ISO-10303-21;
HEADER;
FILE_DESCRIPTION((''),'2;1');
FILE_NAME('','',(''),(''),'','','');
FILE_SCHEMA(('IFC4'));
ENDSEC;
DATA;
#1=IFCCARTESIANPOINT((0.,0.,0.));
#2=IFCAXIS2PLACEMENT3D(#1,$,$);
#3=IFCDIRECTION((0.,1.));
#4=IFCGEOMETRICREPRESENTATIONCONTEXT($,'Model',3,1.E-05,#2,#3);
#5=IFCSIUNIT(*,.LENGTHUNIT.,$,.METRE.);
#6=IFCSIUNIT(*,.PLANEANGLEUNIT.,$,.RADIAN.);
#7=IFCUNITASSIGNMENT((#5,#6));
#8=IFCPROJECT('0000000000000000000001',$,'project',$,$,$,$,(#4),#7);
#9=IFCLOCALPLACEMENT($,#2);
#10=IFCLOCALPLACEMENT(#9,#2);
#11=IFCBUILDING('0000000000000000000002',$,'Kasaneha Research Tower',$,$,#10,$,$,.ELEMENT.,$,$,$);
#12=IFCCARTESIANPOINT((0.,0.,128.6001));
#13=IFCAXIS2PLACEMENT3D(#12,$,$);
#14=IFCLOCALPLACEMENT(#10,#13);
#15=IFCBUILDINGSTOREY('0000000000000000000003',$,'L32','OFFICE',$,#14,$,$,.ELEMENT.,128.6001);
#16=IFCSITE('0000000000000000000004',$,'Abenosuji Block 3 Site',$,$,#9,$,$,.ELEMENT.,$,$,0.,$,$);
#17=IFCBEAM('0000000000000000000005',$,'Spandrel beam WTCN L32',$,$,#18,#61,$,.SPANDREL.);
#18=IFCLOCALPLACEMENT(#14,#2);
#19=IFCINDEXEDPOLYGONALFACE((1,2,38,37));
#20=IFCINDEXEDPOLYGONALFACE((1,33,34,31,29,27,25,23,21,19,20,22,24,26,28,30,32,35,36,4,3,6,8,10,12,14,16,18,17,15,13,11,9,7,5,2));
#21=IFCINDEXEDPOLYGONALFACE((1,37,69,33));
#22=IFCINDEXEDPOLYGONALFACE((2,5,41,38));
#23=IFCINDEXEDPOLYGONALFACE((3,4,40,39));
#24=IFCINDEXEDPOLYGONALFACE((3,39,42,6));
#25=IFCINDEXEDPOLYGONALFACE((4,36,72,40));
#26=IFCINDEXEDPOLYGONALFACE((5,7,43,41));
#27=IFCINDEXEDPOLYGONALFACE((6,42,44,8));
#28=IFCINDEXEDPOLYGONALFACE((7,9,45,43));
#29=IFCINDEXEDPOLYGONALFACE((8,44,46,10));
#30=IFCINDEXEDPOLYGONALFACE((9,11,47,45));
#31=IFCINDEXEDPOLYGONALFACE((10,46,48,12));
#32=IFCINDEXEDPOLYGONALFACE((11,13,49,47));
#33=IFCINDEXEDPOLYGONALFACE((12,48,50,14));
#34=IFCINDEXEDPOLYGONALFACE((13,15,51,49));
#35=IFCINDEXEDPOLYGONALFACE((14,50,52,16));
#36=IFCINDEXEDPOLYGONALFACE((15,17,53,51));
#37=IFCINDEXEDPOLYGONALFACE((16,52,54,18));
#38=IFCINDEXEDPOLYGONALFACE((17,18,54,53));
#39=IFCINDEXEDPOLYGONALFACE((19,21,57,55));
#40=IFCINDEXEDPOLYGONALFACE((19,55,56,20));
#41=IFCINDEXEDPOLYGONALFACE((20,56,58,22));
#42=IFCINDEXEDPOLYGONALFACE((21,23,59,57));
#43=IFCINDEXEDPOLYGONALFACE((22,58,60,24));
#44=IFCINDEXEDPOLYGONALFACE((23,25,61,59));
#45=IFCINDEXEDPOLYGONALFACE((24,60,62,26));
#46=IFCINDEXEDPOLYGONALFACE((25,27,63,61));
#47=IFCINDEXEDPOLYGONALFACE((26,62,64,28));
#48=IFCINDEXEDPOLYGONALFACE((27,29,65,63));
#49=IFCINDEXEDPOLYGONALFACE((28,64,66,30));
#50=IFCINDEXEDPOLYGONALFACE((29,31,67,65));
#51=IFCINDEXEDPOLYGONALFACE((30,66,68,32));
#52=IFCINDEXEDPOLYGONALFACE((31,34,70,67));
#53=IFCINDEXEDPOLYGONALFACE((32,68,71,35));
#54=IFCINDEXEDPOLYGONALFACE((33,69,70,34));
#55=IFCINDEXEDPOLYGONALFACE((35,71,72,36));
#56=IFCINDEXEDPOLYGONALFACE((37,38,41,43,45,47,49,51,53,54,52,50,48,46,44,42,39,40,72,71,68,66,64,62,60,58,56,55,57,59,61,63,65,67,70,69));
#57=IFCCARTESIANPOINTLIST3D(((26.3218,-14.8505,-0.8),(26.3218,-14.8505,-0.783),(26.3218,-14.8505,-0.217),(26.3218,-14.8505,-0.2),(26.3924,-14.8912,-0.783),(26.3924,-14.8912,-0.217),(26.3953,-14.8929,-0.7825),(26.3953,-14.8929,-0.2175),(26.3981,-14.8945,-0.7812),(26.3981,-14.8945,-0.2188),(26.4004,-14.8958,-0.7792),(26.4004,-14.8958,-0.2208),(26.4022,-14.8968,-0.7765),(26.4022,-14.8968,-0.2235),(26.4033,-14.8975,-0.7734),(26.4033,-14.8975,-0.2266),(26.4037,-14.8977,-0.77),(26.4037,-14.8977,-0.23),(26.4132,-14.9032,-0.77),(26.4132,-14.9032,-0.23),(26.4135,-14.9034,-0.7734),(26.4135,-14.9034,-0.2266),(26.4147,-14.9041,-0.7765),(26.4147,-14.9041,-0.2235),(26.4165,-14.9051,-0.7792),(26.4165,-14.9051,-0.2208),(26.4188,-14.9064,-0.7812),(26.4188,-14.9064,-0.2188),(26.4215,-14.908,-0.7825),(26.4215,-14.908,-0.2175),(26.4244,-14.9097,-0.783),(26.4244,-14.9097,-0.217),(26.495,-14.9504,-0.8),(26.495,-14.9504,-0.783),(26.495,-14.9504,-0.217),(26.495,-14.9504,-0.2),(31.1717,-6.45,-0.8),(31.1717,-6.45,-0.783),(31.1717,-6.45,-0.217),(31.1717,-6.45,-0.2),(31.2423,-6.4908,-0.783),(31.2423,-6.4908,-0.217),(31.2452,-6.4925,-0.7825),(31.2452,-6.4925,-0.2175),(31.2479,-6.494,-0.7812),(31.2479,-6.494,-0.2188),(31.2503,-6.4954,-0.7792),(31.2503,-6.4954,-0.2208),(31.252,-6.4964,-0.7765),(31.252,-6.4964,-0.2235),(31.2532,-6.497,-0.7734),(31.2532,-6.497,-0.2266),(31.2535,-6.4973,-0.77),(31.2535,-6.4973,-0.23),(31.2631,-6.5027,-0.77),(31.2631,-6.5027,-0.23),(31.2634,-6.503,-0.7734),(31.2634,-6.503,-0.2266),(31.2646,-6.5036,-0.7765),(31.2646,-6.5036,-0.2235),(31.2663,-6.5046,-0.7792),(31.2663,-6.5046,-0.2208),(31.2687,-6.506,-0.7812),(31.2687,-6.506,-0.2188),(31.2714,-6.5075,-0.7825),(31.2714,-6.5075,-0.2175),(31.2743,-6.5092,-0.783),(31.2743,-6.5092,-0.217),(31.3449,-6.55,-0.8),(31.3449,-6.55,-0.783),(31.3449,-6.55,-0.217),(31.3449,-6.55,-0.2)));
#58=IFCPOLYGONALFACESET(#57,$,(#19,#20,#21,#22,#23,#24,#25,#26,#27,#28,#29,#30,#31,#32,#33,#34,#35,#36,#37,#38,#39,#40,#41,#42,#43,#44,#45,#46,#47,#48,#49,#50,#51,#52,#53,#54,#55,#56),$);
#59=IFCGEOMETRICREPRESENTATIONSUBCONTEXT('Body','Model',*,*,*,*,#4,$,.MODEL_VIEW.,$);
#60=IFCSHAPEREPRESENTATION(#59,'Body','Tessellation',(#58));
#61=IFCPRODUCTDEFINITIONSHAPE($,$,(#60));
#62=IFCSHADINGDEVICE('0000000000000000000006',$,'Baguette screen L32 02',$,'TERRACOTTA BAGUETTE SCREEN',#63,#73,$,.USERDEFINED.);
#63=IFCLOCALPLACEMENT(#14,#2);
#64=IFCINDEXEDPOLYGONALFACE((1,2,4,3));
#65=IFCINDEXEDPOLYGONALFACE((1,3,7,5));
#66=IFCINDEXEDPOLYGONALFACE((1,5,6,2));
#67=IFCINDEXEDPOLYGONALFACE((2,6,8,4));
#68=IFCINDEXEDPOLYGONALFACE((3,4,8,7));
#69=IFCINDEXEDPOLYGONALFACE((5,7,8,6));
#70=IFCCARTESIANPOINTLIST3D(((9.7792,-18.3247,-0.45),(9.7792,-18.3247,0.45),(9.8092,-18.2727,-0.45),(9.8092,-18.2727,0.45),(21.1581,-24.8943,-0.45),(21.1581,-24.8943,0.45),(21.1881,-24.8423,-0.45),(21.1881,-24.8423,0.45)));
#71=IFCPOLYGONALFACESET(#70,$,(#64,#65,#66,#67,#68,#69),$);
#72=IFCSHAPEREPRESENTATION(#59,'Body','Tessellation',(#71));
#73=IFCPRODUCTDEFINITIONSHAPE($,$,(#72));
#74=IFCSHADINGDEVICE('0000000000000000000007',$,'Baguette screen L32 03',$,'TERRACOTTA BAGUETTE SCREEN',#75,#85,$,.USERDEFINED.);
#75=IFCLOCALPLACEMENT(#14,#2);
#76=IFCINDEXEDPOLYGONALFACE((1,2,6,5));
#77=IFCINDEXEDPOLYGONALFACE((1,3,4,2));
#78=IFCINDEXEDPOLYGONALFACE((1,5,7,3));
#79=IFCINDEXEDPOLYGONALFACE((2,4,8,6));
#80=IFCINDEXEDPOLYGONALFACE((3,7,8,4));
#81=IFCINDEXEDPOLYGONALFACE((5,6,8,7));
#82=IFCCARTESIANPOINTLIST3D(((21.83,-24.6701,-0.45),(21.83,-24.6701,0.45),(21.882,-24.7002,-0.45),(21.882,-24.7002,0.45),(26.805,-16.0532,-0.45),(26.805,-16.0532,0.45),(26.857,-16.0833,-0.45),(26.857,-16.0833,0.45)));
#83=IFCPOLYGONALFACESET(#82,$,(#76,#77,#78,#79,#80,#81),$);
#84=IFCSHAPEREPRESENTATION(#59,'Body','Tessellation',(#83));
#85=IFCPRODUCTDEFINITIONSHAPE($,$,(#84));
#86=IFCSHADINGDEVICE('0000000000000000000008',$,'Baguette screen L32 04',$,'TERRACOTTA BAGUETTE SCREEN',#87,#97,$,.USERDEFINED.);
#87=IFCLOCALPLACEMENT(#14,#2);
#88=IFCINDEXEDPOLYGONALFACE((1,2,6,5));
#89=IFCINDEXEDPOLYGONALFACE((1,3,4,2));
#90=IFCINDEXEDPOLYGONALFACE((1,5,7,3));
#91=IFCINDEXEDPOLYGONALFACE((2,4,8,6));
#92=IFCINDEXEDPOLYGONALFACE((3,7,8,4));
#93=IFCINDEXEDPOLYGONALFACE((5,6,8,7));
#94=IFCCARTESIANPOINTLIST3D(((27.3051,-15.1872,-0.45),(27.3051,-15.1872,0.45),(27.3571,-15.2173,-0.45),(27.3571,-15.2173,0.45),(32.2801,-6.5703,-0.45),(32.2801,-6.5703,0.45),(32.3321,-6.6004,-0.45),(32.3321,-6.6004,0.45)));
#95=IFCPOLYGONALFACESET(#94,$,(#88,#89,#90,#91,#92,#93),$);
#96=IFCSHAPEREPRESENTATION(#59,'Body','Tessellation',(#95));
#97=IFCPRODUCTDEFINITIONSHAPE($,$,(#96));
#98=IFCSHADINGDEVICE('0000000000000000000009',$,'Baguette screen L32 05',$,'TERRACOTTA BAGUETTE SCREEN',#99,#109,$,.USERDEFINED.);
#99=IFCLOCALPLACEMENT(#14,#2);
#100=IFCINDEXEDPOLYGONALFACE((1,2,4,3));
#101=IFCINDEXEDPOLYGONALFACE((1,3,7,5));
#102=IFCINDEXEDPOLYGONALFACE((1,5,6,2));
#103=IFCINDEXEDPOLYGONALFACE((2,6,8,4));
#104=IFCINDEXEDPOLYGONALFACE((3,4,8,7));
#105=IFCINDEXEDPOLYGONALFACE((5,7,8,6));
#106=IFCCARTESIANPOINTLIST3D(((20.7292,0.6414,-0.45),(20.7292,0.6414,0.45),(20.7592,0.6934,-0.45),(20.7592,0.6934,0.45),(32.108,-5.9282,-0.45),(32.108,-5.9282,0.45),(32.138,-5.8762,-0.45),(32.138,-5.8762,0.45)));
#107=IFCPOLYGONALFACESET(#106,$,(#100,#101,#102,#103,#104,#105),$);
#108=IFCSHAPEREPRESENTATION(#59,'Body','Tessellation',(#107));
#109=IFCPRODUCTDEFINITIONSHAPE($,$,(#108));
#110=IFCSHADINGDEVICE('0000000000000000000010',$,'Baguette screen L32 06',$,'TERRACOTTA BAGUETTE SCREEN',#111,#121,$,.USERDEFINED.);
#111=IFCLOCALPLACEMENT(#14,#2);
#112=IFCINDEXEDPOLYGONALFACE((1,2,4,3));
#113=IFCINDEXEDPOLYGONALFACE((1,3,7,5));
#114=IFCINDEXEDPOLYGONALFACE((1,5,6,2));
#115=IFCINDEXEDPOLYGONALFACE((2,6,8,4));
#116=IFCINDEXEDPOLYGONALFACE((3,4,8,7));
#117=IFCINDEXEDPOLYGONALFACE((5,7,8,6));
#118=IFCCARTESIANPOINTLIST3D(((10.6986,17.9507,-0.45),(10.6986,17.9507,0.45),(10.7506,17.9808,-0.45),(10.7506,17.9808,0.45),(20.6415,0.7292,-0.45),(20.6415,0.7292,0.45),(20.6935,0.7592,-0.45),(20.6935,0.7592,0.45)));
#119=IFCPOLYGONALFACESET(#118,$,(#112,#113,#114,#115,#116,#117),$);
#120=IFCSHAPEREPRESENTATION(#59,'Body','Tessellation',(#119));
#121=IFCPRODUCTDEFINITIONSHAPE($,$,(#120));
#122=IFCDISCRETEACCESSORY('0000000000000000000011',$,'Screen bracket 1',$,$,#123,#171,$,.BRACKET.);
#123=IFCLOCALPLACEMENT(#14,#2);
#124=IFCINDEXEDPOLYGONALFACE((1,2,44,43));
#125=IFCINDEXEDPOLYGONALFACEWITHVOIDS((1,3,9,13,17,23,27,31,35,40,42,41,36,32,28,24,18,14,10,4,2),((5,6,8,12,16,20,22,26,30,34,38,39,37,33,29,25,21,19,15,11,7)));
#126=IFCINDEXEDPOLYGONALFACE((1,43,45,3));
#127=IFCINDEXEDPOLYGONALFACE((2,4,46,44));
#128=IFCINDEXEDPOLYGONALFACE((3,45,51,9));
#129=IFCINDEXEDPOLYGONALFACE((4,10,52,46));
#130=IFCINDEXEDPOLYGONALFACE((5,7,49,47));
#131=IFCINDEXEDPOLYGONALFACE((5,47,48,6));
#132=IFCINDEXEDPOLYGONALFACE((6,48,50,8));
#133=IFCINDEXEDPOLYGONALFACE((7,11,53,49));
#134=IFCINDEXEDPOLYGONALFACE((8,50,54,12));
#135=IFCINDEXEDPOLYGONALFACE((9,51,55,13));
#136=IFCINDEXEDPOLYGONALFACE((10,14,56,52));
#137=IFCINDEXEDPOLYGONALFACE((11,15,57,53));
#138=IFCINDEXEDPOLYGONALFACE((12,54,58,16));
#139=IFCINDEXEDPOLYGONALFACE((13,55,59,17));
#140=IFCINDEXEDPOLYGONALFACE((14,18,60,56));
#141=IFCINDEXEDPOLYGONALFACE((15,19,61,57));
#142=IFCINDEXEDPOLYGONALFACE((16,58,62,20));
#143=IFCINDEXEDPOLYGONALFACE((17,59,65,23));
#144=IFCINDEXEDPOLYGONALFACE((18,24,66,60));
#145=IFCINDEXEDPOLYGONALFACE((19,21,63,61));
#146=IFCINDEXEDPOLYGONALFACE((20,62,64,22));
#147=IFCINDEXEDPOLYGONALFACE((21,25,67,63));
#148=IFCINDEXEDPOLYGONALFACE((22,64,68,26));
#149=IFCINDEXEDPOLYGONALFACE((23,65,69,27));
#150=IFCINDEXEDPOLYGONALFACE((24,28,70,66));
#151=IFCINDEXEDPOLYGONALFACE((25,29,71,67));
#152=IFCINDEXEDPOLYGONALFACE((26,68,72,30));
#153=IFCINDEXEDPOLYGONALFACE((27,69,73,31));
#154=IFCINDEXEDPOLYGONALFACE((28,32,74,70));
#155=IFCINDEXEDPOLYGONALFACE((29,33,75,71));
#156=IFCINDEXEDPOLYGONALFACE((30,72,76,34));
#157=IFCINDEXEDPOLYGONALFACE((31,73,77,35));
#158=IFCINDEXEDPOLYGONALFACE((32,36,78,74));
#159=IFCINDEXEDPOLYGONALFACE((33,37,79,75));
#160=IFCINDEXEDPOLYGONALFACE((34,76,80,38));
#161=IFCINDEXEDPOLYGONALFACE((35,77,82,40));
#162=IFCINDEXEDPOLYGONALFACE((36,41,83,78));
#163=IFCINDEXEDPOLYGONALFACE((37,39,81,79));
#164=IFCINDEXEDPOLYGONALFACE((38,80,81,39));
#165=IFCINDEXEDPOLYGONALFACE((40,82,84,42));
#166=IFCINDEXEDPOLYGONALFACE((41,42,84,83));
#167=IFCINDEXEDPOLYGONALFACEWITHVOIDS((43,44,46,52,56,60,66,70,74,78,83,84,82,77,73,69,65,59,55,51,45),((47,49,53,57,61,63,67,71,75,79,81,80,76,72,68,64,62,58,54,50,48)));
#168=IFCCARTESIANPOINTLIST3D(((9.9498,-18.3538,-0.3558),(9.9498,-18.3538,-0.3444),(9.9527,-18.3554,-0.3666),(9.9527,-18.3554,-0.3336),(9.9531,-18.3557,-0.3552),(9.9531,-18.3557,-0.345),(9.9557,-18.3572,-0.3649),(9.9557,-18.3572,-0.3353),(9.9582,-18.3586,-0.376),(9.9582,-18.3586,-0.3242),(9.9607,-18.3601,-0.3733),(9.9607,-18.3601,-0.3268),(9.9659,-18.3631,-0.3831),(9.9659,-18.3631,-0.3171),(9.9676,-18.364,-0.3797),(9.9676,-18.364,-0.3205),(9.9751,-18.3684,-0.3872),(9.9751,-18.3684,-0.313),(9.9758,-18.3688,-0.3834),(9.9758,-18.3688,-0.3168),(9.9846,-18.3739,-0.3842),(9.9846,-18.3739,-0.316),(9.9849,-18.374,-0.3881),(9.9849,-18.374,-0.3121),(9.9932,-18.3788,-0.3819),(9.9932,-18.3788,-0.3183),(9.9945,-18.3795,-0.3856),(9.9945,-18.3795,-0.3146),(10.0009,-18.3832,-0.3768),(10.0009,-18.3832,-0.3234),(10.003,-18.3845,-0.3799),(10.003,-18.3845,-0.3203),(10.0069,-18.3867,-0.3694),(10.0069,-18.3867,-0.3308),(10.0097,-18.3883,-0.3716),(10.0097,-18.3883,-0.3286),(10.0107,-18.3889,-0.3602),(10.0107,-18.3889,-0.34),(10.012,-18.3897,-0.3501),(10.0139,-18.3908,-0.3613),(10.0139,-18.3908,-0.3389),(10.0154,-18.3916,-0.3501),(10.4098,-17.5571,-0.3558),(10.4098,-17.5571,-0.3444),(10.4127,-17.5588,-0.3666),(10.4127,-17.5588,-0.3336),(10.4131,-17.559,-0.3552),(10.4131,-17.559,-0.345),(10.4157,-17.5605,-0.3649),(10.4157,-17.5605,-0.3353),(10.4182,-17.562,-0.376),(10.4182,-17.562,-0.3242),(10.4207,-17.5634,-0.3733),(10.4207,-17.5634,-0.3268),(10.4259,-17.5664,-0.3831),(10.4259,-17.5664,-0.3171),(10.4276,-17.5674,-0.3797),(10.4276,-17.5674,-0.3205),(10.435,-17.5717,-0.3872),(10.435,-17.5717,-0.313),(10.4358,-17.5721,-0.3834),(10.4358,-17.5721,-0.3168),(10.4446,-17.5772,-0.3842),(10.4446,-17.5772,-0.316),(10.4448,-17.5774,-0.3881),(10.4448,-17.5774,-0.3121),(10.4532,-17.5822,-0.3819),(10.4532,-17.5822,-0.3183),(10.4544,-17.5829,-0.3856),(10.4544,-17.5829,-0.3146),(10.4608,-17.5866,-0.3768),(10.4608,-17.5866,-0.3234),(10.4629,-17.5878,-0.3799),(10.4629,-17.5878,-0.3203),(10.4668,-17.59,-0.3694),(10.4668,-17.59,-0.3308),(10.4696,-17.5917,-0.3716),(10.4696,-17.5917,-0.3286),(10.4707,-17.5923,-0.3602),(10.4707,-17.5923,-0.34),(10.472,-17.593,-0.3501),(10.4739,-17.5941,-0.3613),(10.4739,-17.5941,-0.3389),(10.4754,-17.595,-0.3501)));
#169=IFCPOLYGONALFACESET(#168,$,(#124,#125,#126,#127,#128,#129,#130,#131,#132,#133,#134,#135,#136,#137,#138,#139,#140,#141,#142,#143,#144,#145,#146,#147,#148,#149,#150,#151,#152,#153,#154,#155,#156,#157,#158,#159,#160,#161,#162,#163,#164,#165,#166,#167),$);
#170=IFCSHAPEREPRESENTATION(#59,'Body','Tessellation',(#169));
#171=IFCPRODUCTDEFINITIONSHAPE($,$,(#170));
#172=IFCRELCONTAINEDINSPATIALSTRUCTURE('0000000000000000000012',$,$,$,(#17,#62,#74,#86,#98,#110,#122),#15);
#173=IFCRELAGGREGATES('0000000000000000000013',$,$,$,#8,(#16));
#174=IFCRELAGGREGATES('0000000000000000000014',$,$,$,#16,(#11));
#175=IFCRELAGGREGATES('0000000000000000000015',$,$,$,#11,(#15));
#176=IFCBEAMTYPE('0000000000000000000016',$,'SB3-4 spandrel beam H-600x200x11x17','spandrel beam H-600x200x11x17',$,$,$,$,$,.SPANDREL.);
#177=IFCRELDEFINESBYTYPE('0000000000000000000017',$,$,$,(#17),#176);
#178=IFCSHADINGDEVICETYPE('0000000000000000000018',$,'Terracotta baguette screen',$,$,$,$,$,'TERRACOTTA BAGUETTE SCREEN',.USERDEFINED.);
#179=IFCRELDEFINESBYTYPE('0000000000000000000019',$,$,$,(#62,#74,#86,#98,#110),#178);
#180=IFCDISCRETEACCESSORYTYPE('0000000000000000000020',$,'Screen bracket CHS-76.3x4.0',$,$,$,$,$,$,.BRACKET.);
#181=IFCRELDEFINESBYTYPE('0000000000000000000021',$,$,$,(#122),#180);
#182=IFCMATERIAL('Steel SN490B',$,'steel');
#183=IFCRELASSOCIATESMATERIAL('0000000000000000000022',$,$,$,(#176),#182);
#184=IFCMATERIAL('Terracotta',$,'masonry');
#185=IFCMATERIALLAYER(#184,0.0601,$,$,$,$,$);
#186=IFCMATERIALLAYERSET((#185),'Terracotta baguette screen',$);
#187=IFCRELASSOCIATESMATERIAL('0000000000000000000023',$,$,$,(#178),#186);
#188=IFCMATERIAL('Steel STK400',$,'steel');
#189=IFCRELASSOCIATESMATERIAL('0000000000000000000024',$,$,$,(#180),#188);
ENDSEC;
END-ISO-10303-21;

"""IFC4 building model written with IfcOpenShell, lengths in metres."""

from ifc_helpers import new_model, si_unit, direction, frame, origin, origin_2d, place, context, subcontext, project, spatial, rectangle, hollow_circle, i_section, extrude, material, layer, layer_set, material_profile, profile_set, type_object, element, save


model = new_model("IFC4")

# Units and contexts
model_context = context("Model", 3, precision=1e-05, world=origin(), true_north=direction((0.0, 1.0)))
body_context = subcontext(model_context, "Body", "Model", "MODEL_VIEW")
ifc_project = project(units=[si_unit("LENGTHUNIT", "METRE"), si_unit("PLANEANGLEUNIT", "RADIAN")], contexts=[model_context])

# Site, building, storey
site_placement = place(None, origin())
site = spatial("IfcSite", under=ifc_project, at=site_placement, Name="Abenosuji Block 3 Site", CompositionType="ELEMENT", RefElevation=0.0)
building_placement = place(site_placement, origin())
building = spatial("IfcBuilding", under=site, at=building_placement, Name="Kasaneha Research Tower", CompositionType="ELEMENT")
storey_placement = place(building_placement, frame((0.0, 0.0, 128.6001)))
storey = spatial("IfcBuildingStorey", under=building, at=storey_placement, Name="L32", Description="OFFICE", CompositionType="ELEMENT", Elevation=128.6001)

# Beam
ifc_material_1 = material(Name="Steel SN490B", Category="steel")
ifc_material_profile_1 = material_profile(ifc_material_1, i_section(OverallWidth=0.2, OverallDepth=0.6001, WebThickness=0.011, FlangeThickness=0.0171, FilletRadius=0.0129, at=origin_2d()), Name="H-600x200x11x17")
ifc_profile_set_1 = profile_set([ifc_material_profile_1], Name="Steel SN490B")
beam_type_1 = type_object("IfcBeamType", Name="SB3-4 spandrel beam H-600x200x11x17", Description="spandrel beam H-600x200x11x17", PredefinedType="SPANDREL", material=ifc_profile_set_1)
for number, where, z_axis, x_axis, name in (
    (1, (31.2583, -6.5, -0.5), (-0.499991, -0.866031, 0.0), (0.866031, -0.499991, 0.0), "Spandrel beam WTCN L32"),
):
    element("IfcBeam", number, at=place(storey_placement, frame(where, z_axis=z_axis, x_axis=x_axis)), inside=storey, type_object=beam_type_1, Name=name, PredefinedType="SPANDREL", context=body_context, shape_type="SweptSolid", body=[
        extrude(i_section(OverallWidth=0.2, OverallDepth=0.6001, WebThickness=0.011, FlangeThickness=0.0171, FilletRadius=0.0129, at=origin_2d()), origin(), (0.0, 0.0, 1.0), 9.7),
    ])

# Shading devices
ifc_material_2 = material(Name="Terracotta", Category="masonry")
ifc_layer = layer(ifc_material_2, 0.0601)
ifc_layer_set = layer_set([ifc_layer], Name="Terracotta baguette screen")
shading_device_type = type_object("IfcShadingDeviceType", Name="Terracotta baguette screen", ElementType="TERRACOTTA BAGUETTE SCREEN", PredefinedType="USERDEFINED", material=ifc_layer_set)
shading_device_1_placement = place(storey_placement, frame((15.4836, -21.5835, -0.45), z_axis=(0.0, 0.0, 1.0), x_axis=(0.866025, -0.5, 0.0)))
element("IfcShadingDevice", 2, at=shading_device_1_placement, inside=storey, type_object=shading_device_type, Name="Baguette screen L32 02", ObjectType="TERRACOTTA BAGUETTE SCREEN", PredefinedType="USERDEFINED", context=body_context, shape_type="SweptSolid", body=[
    extrude(rectangle(XDim=13.1392, YDim=0.0601, at=origin_2d()), origin(), (0.0, 0.0, 1.0), 0.8999),
])
for number, where, z_axis, x_axis, name in (
    (3, (24.3435, -20.3767, -0.45), (0.0, 0.0, 1.0), (0.5, 0.866025, 0.0), "Baguette screen L32 03"),
    (4, (29.8186, -10.8938, -0.45), (0.0, 0.0, 1.0), (0.5, 0.866025, 0.0), "Baguette screen L32 04"),
):
    element("IfcShadingDevice", number, at=place(storey_placement, frame(where, z_axis=z_axis, x_axis=x_axis)), inside=storey, type_object=shading_device_type, Name=name, ObjectType="TERRACOTTA BAGUETTE SCREEN", PredefinedType="USERDEFINED", context=body_context, shape_type="SweptSolid", body=[
        extrude(rectangle(XDim=9.95, YDim=0.0601, at=origin_2d()), origin(), (0.0, 0.0, 1.0), 0.8999),
    ])
shading_device_2_placement = place(storey_placement, frame((26.4336, -2.6174, -0.45), z_axis=(0.0, 0.0, 1.0), x_axis=(-0.866025, 0.5, 0.0)))
element("IfcShadingDevice", 5, at=shading_device_2_placement, inside=storey, type_object=shading_device_type, Name="Baguette screen L32 05", ObjectType="TERRACOTTA BAGUETTE SCREEN", PredefinedType="USERDEFINED", context=body_context, shape_type="SweptSolid", body=[
    extrude(rectangle(XDim=13.1392, YDim=0.0601, at=origin_2d()), origin(), (0.0, 0.0, 1.0), 0.8999),
])
shading_device_3_placement = place(storey_placement, frame((15.696, 9.355, -0.45), z_axis=(0.0, 0.0, 1.0), x_axis=(-0.5, 0.866025, 0.0)))
element("IfcShadingDevice", 6, at=shading_device_3_placement, inside=storey, type_object=shading_device_type, Name="Baguette screen L32 06", ObjectType="TERRACOTTA BAGUETTE SCREEN", PredefinedType="USERDEFINED", context=body_context, shape_type="SweptSolid", body=[
    extrude(rectangle(XDim=19.8857, YDim=0.0601, at=origin_2d()), origin(), (0.0, 0.0, 1.0), 0.8999),
])

# Discrete accessory
ifc_material_3 = material(Name="Steel STK400", Category="steel")
ifc_material_profile_2 = material_profile(ifc_material_3, hollow_circle(Radius=0.0381, WallThickness=0.0039, at=origin_2d()), Name="CHS-76.3x4.0")
ifc_profile_set_2 = profile_set([ifc_material_profile_2], Name="Steel STK400")
discrete_accessory_type = type_object("IfcDiscreteAccessoryType", Name="Screen bracket CHS-76.3x4.0", PredefinedType="BRACKET", material=ifc_profile_set_2)
discrete_accessory_1_placement = place(storey_placement, frame((10.4424, -17.5759, -0.3501), z_axis=(-0.500021, -0.866013, 0.0), x_axis=(0.866013, -0.500021, 0.0)))
element("IfcDiscreteAccessory", 7, at=discrete_accessory_1_placement, inside=storey, type_object=discrete_accessory_type, Name="Screen bracket 1", PredefinedType="BRACKET", context=body_context, shape_type="SweptSolid", body=[
    extrude(hollow_circle(Radius=0.0381, WallThickness=0.0039, at=origin_2d()), origin(), (0.0, 0.0, 1.0), 0.9199),
])

save(model, "model.ifc")
